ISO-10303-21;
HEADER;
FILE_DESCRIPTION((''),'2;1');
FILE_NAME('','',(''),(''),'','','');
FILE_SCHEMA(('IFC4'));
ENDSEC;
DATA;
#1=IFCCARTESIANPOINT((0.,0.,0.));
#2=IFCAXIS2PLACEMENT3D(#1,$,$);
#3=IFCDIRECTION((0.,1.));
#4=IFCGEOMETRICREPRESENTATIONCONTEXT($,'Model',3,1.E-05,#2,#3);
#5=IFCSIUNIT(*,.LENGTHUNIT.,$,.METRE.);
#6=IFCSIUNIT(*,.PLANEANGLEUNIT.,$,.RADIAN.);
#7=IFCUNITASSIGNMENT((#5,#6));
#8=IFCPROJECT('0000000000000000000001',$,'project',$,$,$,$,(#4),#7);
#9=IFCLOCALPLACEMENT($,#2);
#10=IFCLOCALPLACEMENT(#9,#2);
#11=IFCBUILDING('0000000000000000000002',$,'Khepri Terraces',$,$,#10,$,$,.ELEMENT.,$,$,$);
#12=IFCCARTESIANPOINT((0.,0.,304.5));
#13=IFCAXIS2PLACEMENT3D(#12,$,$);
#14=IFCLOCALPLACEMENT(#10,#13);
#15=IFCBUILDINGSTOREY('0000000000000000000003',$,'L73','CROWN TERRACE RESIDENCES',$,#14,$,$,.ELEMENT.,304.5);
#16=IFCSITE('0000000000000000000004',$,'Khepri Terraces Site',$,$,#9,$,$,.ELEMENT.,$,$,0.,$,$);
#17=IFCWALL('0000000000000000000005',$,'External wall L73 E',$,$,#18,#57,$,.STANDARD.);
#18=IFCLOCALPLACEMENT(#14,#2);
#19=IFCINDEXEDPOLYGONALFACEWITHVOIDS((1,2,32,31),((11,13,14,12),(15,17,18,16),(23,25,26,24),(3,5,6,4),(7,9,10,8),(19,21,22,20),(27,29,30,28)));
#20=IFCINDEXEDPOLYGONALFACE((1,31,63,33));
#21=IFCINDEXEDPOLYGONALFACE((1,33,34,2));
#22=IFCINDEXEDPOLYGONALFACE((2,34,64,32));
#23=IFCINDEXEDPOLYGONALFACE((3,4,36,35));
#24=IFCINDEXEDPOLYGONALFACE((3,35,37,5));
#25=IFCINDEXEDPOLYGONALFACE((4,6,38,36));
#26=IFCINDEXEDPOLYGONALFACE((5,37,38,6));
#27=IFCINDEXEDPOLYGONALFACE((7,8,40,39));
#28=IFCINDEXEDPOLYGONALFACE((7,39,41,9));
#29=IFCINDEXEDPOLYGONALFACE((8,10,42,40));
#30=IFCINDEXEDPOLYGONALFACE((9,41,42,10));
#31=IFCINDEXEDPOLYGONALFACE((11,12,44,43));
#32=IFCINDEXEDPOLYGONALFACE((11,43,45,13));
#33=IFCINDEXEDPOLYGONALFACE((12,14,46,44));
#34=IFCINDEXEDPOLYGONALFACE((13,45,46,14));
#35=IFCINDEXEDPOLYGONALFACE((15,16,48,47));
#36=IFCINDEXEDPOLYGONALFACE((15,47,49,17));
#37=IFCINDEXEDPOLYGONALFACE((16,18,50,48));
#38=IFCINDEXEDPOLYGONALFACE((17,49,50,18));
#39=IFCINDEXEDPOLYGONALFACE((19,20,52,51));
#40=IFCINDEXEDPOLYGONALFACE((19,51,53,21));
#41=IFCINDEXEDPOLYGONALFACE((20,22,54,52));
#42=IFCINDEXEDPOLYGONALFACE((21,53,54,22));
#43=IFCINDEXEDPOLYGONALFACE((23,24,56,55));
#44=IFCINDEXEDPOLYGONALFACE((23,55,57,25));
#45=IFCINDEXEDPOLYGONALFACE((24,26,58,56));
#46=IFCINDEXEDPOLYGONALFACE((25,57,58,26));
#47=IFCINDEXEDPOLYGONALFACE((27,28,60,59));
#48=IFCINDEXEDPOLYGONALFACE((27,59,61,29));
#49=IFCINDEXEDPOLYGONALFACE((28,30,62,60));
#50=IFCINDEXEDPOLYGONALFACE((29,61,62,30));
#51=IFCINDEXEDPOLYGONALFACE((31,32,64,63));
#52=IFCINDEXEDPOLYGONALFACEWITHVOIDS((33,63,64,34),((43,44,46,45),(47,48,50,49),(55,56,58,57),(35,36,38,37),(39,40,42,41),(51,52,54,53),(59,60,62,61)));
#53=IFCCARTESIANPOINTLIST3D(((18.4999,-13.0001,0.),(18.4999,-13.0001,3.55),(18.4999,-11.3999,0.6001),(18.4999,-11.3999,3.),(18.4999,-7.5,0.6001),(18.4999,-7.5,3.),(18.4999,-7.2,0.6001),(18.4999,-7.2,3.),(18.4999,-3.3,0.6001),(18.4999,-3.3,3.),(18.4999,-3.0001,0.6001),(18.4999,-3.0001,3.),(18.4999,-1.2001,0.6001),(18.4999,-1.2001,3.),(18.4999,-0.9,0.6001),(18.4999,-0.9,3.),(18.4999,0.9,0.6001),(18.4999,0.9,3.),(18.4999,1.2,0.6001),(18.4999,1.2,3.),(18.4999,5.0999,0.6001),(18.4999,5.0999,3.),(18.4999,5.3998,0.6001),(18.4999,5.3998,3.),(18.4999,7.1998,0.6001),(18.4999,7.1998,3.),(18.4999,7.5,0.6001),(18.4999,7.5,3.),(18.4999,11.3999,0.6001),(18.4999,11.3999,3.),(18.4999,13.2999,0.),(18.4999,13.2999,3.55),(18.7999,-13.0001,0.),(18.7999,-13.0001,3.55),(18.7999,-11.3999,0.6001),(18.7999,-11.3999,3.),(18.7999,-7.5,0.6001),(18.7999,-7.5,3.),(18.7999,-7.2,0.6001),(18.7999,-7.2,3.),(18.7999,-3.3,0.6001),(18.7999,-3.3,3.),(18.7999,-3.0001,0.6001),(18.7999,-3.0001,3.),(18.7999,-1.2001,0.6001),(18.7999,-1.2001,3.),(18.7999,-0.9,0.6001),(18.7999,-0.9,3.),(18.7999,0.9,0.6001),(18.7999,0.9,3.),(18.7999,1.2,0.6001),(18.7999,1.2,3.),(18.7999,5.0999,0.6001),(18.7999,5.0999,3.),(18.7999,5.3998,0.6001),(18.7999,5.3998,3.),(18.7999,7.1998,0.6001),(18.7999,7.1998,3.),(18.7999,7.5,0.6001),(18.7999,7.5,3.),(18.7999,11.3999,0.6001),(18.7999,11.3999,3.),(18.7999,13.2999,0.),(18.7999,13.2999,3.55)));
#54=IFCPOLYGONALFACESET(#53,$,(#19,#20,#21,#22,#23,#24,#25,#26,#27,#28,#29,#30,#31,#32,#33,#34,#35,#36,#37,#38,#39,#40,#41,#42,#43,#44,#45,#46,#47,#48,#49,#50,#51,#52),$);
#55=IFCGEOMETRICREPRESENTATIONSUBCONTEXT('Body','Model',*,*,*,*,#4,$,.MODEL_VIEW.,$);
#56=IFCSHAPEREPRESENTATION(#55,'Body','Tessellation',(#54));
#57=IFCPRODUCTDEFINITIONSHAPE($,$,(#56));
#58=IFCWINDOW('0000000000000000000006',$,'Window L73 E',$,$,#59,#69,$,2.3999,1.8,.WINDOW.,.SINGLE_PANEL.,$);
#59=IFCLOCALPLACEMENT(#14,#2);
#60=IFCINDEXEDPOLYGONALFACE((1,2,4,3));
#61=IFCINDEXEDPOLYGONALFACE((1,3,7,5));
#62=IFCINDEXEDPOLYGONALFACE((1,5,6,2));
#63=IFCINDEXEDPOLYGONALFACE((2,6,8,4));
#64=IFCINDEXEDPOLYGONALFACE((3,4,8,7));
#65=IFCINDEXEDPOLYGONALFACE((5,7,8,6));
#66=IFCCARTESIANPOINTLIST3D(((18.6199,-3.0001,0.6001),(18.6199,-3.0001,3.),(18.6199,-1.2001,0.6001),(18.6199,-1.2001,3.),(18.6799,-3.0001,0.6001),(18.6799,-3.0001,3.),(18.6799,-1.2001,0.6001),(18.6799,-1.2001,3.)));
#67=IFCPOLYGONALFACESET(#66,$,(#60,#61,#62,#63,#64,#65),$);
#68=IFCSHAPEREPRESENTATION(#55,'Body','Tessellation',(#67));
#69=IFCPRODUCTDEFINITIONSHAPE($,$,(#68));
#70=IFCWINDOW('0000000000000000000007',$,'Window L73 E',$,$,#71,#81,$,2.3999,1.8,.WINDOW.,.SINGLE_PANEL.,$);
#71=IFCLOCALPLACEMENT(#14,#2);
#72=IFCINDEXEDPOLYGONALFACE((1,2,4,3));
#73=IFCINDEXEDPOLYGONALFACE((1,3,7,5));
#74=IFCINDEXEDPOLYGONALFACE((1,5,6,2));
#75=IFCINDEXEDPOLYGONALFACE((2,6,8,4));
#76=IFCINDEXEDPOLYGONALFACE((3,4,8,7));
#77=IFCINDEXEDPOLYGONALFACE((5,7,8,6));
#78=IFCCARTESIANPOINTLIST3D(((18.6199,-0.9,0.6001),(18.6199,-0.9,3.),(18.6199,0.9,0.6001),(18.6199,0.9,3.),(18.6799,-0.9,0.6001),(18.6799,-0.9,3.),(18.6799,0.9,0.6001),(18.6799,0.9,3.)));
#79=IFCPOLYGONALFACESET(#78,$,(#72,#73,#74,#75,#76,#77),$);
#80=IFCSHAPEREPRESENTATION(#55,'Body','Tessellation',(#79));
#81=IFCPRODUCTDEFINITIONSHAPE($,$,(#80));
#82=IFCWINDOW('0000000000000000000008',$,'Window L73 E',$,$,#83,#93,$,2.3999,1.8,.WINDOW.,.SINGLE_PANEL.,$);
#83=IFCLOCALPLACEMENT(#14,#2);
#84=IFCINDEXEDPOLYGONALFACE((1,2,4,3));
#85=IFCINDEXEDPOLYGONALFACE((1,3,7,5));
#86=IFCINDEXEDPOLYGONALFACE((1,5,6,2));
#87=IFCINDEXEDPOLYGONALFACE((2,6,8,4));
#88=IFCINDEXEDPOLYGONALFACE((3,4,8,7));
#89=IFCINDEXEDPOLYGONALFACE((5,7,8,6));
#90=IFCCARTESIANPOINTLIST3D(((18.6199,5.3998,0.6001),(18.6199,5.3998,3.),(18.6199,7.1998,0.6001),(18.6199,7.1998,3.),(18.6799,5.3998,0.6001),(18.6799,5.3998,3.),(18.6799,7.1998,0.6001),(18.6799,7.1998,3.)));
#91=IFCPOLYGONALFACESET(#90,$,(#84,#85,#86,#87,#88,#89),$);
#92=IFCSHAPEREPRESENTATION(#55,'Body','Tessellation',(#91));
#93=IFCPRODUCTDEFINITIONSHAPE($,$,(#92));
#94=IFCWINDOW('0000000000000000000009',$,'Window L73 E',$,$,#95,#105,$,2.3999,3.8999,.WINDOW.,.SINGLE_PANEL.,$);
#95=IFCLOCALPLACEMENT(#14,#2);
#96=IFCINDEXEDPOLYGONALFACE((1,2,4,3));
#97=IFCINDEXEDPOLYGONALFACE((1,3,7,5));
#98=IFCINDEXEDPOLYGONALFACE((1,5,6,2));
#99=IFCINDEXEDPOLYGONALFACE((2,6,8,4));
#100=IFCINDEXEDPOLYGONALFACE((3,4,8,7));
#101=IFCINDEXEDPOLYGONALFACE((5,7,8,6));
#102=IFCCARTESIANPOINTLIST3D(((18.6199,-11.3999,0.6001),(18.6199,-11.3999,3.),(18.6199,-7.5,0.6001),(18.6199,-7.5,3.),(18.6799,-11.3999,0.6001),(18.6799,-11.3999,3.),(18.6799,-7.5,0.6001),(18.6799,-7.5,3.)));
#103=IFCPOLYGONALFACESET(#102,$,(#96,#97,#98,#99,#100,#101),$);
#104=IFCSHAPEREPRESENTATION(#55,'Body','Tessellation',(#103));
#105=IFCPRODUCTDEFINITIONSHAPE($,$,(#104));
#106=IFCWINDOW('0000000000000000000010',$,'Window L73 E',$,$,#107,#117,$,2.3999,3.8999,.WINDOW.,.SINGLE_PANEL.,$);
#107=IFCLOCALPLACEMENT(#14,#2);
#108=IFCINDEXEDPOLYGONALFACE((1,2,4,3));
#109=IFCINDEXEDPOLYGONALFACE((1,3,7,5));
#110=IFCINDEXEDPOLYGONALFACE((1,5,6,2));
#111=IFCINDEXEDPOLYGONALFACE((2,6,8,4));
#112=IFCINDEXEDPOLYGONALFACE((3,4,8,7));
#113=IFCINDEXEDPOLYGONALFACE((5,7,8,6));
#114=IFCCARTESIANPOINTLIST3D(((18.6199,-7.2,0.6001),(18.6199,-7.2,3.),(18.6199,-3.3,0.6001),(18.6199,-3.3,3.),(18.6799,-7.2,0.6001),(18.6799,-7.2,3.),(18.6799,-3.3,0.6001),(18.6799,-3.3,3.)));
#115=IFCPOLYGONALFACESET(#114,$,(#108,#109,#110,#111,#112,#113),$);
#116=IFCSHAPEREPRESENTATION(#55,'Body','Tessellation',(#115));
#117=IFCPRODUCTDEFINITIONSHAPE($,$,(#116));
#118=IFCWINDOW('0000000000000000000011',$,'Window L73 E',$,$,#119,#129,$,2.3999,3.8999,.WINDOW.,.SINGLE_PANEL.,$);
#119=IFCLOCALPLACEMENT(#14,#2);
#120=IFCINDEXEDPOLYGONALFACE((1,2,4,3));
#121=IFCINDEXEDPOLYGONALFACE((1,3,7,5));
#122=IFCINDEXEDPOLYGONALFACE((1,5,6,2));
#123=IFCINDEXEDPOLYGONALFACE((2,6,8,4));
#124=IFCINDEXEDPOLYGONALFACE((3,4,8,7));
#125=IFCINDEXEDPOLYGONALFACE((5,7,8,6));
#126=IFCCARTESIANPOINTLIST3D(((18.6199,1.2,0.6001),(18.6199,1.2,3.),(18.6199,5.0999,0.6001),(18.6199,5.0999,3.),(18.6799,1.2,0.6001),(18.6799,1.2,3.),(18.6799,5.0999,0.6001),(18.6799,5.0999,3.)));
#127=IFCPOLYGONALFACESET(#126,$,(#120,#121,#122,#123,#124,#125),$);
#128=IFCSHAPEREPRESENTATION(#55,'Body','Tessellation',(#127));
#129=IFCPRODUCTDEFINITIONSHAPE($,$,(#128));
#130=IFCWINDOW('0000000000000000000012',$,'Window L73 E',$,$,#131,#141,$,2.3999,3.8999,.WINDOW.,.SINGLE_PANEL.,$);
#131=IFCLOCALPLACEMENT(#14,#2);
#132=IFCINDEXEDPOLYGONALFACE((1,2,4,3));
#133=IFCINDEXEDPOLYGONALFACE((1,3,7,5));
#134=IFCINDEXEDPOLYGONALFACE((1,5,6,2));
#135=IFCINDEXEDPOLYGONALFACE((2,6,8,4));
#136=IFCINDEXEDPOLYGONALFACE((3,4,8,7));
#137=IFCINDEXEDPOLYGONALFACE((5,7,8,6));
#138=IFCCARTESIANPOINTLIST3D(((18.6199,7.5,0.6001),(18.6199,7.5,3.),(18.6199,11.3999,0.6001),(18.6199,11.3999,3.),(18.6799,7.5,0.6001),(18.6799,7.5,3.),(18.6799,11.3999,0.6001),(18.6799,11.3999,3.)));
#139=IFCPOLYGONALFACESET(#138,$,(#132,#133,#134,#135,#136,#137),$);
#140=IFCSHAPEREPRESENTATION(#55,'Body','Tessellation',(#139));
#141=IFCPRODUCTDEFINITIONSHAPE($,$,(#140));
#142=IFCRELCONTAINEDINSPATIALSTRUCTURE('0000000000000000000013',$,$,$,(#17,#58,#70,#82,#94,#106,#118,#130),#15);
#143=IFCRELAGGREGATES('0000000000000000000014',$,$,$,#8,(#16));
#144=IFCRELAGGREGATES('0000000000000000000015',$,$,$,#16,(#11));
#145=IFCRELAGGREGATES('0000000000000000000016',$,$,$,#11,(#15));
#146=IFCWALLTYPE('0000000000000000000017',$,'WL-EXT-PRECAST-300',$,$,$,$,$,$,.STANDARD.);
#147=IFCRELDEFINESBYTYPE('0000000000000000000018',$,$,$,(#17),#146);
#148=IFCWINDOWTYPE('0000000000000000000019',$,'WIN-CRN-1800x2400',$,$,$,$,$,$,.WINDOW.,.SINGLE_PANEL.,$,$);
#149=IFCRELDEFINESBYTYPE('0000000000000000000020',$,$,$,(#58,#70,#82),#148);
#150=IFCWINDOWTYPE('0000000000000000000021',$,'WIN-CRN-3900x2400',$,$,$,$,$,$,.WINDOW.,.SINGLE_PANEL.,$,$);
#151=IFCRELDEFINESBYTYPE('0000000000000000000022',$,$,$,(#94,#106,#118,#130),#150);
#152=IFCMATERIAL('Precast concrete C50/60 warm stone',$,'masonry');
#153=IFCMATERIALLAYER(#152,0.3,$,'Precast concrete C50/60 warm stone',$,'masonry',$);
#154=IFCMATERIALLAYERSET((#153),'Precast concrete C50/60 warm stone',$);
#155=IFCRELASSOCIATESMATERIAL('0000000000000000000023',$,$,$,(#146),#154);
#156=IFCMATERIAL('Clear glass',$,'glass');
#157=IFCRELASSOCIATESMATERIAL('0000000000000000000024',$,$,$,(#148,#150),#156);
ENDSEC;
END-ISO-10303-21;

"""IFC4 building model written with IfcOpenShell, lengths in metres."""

from ifc_helpers import new_model, si_unit, direction, frame, frame_2d, origin, place, context, subcontext, project, spatial, rectangle, extrude, material, layer, layer_set, type_object, element, fill, save


model = new_model("IFC4")

# Units and contexts
model_context = context("Model", 3, precision=1e-05, world=origin(), true_north=direction((0.0, 1.0)))
body_context = subcontext(model_context, "Body", "Model", "MODEL_VIEW")
ifc_project = project(units=[si_unit("LENGTHUNIT", "METRE"), si_unit("PLANEANGLEUNIT", "RADIAN")], contexts=[model_context])

# Site, building, storey
site_placement = place(None, origin())
site = spatial("IfcSite", under=ifc_project, at=site_placement, Name="Khepri Terraces Site", CompositionType="ELEMENT", RefElevation=0.0)
building_placement = place(site_placement, origin())
building = spatial("IfcBuilding", under=site, at=building_placement, Name="Khepri Terraces", CompositionType="ELEMENT")
storey_placement = place(building_placement, frame((0.0, 0.0, 304.5)))
storey = spatial("IfcBuildingStorey", under=building, at=storey_placement, Name="L73", Description="CROWN TERRACE RESIDENCES", CompositionType="ELEMENT", Elevation=304.5)

# Wall, openings, windows
ifc_material_1 = material(Name="Precast concrete C50/60 warm stone", Category="masonry")
ifc_layer_1 = layer(ifc_material_1, 0.3, Name="Precast concrete C50/60 warm stone", Category="masonry")
ifc_layer_set_1 = layer_set([ifc_layer_1], Name="Precast concrete C50/60 warm stone")
wall_type_1 = type_object("IfcWallType", Name="WL-EXT-PRECAST-300", PredefinedType="STANDARD", material=ifc_layer_set_1)
wall_1_placement = place(storey_placement, frame((18.6499, -13.0, 0.0), z_axis=(0.0, 0.0, 1.0), x_axis=(0.0, 1.0, 0.0)))
wall_1 = element("IfcWall", 1, at=wall_1_placement, inside=storey, type_object=wall_type_1, Name="External wall L73 E", PredefinedType="STANDARD", context=body_context, shape_type="SweptSolid", body=[
    extrude(rectangle(XDim=26.3, YDim=0.3, at=frame_2d((13.1499, 0.0))), origin(), (0.0, 0.0, 1.0), 3.55),
])
opening_1_placement = place(wall_1_placement, frame((1.6001, 0.0, 0.6001)))
opening_1 = element("IfcOpeningElement", 2, at=opening_1_placement, cuts=wall_1, PredefinedType="OPENING", context=body_context, shape_type="SweptSolid", body=[
    extrude(rectangle(XDim=3.8999, YDim=2.3999, at=frame_2d((1.95, 1.2))), frame((0.0, 0.1602, 0.0), z_axis=(0.0, -1.0, 0.0), x_axis=(1.0, 0.0, 0.0)), (0.0, 0.0, 1.0), 0.3201),
])
opening_2_placement = place(wall_1_placement, frame((5.8, 0.0, 0.6001)))
opening_2 = element("IfcOpeningElement", 3, at=opening_2_placement, cuts=wall_1, PredefinedType="OPENING", context=body_context, shape_type="SweptSolid", body=[
    extrude(rectangle(XDim=3.8999, YDim=2.3999, at=frame_2d((1.95, 1.2))), frame((0.0, 0.1602, 0.0), z_axis=(0.0, -1.0, 0.0), x_axis=(1.0, 0.0, 0.0)), (0.0, 0.0, 1.0), 0.3201),
])
opening_3_placement = place(wall_1_placement, frame((10.0, 0.0, 0.6001)))
opening_3 = element("IfcOpeningElement", 4, at=opening_3_placement, cuts=wall_1, PredefinedType="OPENING", context=body_context, shape_type="SweptSolid", body=[
    extrude(rectangle(XDim=1.8, YDim=2.3999, at=frame_2d((0.8999, 1.2))), frame((0.0, 0.1602, 0.0), z_axis=(0.0, -1.0, 0.0), x_axis=(1.0, 0.0, 0.0)), (0.0, 0.0, 1.0), 0.3201),
])
opening_4_placement = place(wall_1_placement, frame((12.1001, 0.0, 0.6001)))
opening_4 = element("IfcOpeningElement", 5, at=opening_4_placement, cuts=wall_1, PredefinedType="OPENING", context=body_context, shape_type="SweptSolid", body=[
    extrude(rectangle(XDim=1.8, YDim=2.3999, at=frame_2d((0.8999, 1.2))), frame((0.0, 0.1602, 0.0), z_axis=(0.0, -1.0, 0.0), x_axis=(1.0, 0.0, 0.0)), (0.0, 0.0, 1.0), 0.3201),
])
opening_5_placement = place(wall_1_placement, frame((14.2, 0.0, 0.6001)))
opening_5 = element("IfcOpeningElement", 6, at=opening_5_placement, cuts=wall_1, PredefinedType="OPENING", context=body_context, shape_type="SweptSolid", body=[
    extrude(rectangle(XDim=3.8999, YDim=2.3999, at=frame_2d((1.95, 1.2))), frame((0.0, 0.1602, 0.0), z_axis=(0.0, -1.0, 0.0), x_axis=(1.0, 0.0, 0.0)), (0.0, 0.0, 1.0), 0.3201),
])
opening_6_placement = place(wall_1_placement, frame((18.3999, 0.0, 0.6001)))
opening_6 = element("IfcOpeningElement", 7, at=opening_6_placement, cuts=wall_1, PredefinedType="OPENING", context=body_context, shape_type="SweptSolid", body=[
    extrude(rectangle(XDim=1.8, YDim=2.3999, at=frame_2d((0.8999, 1.2))), frame((0.0, 0.1602, 0.0), z_axis=(0.0, -1.0, 0.0), x_axis=(1.0, 0.0, 0.0)), (0.0, 0.0, 1.0), 0.3201),
])
opening_7_placement = place(wall_1_placement, frame((20.5, 0.0, 0.6001)))
opening_7 = element("IfcOpeningElement", 8, at=opening_7_placement, cuts=wall_1, PredefinedType="OPENING", context=body_context, shape_type="SweptSolid", body=[
    extrude(rectangle(XDim=3.8999, YDim=2.3999, at=frame_2d((1.95, 1.2))), frame((0.0, 0.1602, 0.0), z_axis=(0.0, -1.0, 0.0), x_axis=(1.0, 0.0, 0.0)), (0.0, 0.0, 1.0), 0.3201),
])
ifc_material_2 = material(Name="Clear glass", Category="glass")
window_type_1 = type_object("IfcWindowType", Name="WIN-CRN-1800x2400", PartitioningType="SINGLE_PANEL", PredefinedType="WINDOW", material=ifc_material_2)
window_1_placement = place(opening_3_placement, origin())
window_1 = element("IfcWindow", 9, at=window_1_placement, inside=storey, type_object=window_type_1, Name="Window L73 E", OverallHeight=2.3999, OverallWidth=1.8, PartitioningType="SINGLE_PANEL", PredefinedType="WINDOW", context=body_context, shape_type="SweptSolid", body=[
    extrude(rectangle(XDim=1.8, YDim=2.3999, at=frame_2d((0.8999, 1.2))), frame((0.0, 0.03, 0.0), z_axis=(0.0, -1.0, 0.0), x_axis=(1.0, 0.0, 0.0)), (0.0, 0.0, 1.0), 0.0601),
])
fill(opening_3, window_1)
window_2_placement = place(opening_4_placement, origin())
window_2 = element("IfcWindow", 10, at=window_2_placement, inside=storey, type_object=window_type_1, Name="Window L73 E", OverallHeight=2.3999, OverallWidth=1.8, PartitioningType="SINGLE_PANEL", PredefinedType="WINDOW", context=body_context, shape_type="SweptSolid", body=[
    extrude(rectangle(XDim=1.8, YDim=2.3999, at=frame_2d((0.8999, 1.2))), frame((0.0, 0.03, 0.0), z_axis=(0.0, -1.0, 0.0), x_axis=(1.0, 0.0, 0.0)), (0.0, 0.0, 1.0), 0.0601),
])
fill(opening_4, window_2)
window_3_placement = place(opening_6_placement, origin())
window_3 = element("IfcWindow", 11, at=window_3_placement, inside=storey, type_object=window_type_1, Name="Window L73 E", OverallHeight=2.3999, OverallWidth=1.8, PartitioningType="SINGLE_PANEL", PredefinedType="WINDOW", context=body_context, shape_type="SweptSolid", body=[
    extrude(rectangle(XDim=1.8, YDim=2.3999, at=frame_2d((0.8999, 1.2))), frame((0.0, 0.03, 0.0), z_axis=(0.0, -1.0, 0.0), x_axis=(1.0, 0.0, 0.0)), (0.0, 0.0, 1.0), 0.0601),
])
fill(opening_6, window_3)
window_type_2 = type_object("IfcWindowType", Name="WIN-CRN-3900x2400", PartitioningType="SINGLE_PANEL", PredefinedType="WINDOW", material=ifc_material_2)
window_4_placement = place(opening_1_placement, origin())
window_4 = element("IfcWindow", 12, at=window_4_placement, inside=storey, type_object=window_type_2, Name="Window L73 E", OverallHeight=2.3999, OverallWidth=3.8999, PartitioningType="SINGLE_PANEL", PredefinedType="WINDOW", context=body_context, shape_type="SweptSolid", body=[
    extrude(rectangle(XDim=3.8999, YDim=2.3999, at=frame_2d((1.95, 1.2))), frame((0.0, 0.03, 0.0), z_axis=(0.0, -1.0, 0.0), x_axis=(1.0, 0.0, 0.0)), (0.0, 0.0, 1.0), 0.0601),
])
fill(opening_1, window_4)
window_5_placement = place(opening_2_placement, origin())
window_5 = element("IfcWindow", 13, at=window_5_placement, inside=storey, type_object=window_type_2, Name="Window L73 E", OverallHeight=2.3999, OverallWidth=3.8999, PartitioningType="SINGLE_PANEL", PredefinedType="WINDOW", context=body_context, shape_type="SweptSolid", body=[
    extrude(rectangle(XDim=3.8999, YDim=2.3999, at=frame_2d((1.95, 1.2))), frame((0.0, 0.03, 0.0), z_axis=(0.0, -1.0, 0.0), x_axis=(1.0, 0.0, 0.0)), (0.0, 0.0, 1.0), 0.0601),
])
fill(opening_2, window_5)
window_6_placement = place(opening_5_placement, origin())
window_6 = element("IfcWindow", 14, at=window_6_placement, inside=storey, type_object=window_type_2, Name="Window L73 E", OverallHeight=2.3999, OverallWidth=3.8999, PartitioningType="SINGLE_PANEL", PredefinedType="WINDOW", context=body_context, shape_type="SweptSolid", body=[
    extrude(rectangle(XDim=3.8999, YDim=2.3999, at=frame_2d((1.95, 1.2))), frame((0.0, 0.03, 0.0), z_axis=(0.0, -1.0, 0.0), x_axis=(1.0, 0.0, 0.0)), (0.0, 0.0, 1.0), 0.0601),
])
fill(opening_5, window_6)
window_7_placement = place(opening_7_placement, origin())
window_7 = element("IfcWindow", 15, at=window_7_placement, inside=storey, type_object=window_type_2, Name="Window L73 E", OverallHeight=2.3999, OverallWidth=3.8999, PartitioningType="SINGLE_PANEL", PredefinedType="WINDOW", context=body_context, shape_type="SweptSolid", body=[
    extrude(rectangle(XDim=3.8999, YDim=2.3999, at=frame_2d((1.95, 1.2))), frame((0.0, 0.03, 0.0), z_axis=(0.0, -1.0, 0.0), x_axis=(1.0, 0.0, 0.0)), (0.0, 0.0, 1.0), 0.0601),
])
fill(opening_7, window_7)

save(model, "model.ifc")
